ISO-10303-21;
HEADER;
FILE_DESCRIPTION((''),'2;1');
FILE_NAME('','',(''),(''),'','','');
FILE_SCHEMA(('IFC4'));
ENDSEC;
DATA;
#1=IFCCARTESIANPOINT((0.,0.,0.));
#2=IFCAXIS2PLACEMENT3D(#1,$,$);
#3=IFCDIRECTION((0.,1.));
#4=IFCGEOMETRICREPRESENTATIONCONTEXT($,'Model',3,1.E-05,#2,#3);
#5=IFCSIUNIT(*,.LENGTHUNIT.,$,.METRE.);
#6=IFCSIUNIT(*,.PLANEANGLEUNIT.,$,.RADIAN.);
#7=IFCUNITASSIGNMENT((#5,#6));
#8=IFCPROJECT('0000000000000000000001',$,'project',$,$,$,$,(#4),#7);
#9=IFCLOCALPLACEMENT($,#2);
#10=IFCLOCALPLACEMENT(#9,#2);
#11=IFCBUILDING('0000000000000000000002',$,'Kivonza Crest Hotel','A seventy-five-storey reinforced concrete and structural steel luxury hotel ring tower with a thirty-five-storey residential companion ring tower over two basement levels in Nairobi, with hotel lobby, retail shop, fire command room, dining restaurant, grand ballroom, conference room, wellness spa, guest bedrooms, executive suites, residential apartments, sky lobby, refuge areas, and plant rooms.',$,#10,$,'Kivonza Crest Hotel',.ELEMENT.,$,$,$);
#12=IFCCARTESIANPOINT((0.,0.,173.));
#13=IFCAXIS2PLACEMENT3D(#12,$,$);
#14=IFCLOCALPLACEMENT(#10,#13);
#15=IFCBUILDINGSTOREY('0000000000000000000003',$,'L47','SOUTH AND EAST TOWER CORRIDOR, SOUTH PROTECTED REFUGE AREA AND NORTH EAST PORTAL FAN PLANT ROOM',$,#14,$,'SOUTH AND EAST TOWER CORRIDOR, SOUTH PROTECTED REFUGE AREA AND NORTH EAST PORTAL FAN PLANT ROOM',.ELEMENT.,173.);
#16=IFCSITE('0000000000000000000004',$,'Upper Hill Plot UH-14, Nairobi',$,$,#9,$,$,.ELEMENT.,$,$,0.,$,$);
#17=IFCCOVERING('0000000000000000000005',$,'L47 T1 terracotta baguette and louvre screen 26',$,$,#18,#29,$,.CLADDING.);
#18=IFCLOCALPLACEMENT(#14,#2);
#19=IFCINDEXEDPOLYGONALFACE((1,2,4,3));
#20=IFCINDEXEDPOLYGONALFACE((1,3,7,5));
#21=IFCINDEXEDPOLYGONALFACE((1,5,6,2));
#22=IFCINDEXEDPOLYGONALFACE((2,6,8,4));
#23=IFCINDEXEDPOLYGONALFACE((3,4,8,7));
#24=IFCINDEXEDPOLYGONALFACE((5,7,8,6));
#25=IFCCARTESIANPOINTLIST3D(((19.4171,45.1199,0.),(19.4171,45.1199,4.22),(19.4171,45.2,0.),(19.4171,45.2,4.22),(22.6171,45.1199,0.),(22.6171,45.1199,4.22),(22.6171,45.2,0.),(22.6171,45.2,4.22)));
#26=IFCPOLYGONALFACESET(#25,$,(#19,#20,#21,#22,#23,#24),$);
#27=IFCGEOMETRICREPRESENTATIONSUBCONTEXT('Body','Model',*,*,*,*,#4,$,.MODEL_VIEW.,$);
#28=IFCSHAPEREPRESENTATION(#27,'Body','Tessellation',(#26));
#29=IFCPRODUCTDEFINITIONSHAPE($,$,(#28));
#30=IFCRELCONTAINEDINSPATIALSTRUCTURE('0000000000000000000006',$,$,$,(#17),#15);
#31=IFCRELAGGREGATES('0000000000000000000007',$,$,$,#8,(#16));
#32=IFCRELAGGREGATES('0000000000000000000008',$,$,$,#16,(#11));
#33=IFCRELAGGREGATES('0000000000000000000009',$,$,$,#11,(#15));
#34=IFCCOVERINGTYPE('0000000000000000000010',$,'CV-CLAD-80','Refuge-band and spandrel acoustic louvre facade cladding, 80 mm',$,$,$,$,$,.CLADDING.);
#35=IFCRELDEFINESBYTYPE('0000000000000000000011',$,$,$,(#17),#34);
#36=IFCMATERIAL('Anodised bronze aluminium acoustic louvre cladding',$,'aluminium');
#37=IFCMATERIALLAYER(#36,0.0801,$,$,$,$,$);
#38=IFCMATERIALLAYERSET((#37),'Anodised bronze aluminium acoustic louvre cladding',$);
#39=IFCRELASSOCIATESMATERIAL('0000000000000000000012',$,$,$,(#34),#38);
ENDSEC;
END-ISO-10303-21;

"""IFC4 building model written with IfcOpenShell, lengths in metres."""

from ifc_helpers import new_model, si_unit, direction, frame, origin, origin_2d, place, context, subcontext, project, spatial, rectangle, extrude, material, layer, layer_set, type_object, element, save


model = new_model("IFC4")

# Units and contexts
model_context = context("Model", 3, precision=1e-05, world=origin(), true_north=direction((0.0, 1.0)))
body_context = subcontext(model_context, "Body", "Model", "MODEL_VIEW")
ifc_project = project(units=[si_unit("LENGTHUNIT", "METRE"), si_unit("PLANEANGLEUNIT", "RADIAN")], contexts=[model_context])

# Site, building, storey
site_placement = place(None, origin())
site = spatial("IfcSite", under=ifc_project, at=site_placement, Name="Upper Hill Plot UH-14, Nairobi", CompositionType="ELEMENT", RefElevation=0.0)
building_placement = place(site_placement, origin())
building = spatial("IfcBuilding", under=site, at=building_placement, Name="Kivonza Crest Hotel", Description="A seventy-five-storey reinforced concrete and structural steel luxury hotel ring tower with a thirty-five-storey residential companion ring tower over two basement levels in Nairobi, with hotel lobby, retail shop, fire command room, dining restaurant, grand ballroom, conference room, wellness spa, guest bedrooms, executive suites, residential apartments, sky lobby, refuge areas, and plant rooms.", LongName="Kivonza Crest Hotel", CompositionType="ELEMENT")
storey_placement = place(building_placement, frame((0.0, 0.0, 173.0)))
storey = spatial("IfcBuildingStorey", under=building, at=storey_placement, Name="L47", Description="SOUTH AND EAST TOWER CORRIDOR, SOUTH PROTECTED REFUGE AREA AND NORTH EAST PORTAL FAN PLANT ROOM", LongName="SOUTH AND EAST TOWER CORRIDOR, SOUTH PROTECTED REFUGE AREA AND NORTH EAST PORTAL FAN PLANT ROOM", CompositionType="ELEMENT", Elevation=173.0)

# Covering
ifc_material_1 = material(Name="Anodised bronze aluminium acoustic louvre cladding", Category="aluminium")
ifc_layer_1 = layer(ifc_material_1, 0.0801)
ifc_layer_set_1 = layer_set([ifc_layer_1], Name="Anodised bronze aluminium acoustic louvre cladding")
covering_type = type_object("IfcCoveringType", Name="CV-CLAD-80", Description="Refuge-band and spandrel acoustic louvre facade cladding, 80 mm", PredefinedType="CLADDING", material=ifc_layer_set_1)
covering_placement = place(storey_placement, frame((21.0171, 45.1599, 0.0), z_axis=(0.0, 0.0, 1.0), x_axis=(-1.0, 0.0, 0.0)))
element("IfcCovering", 1, at=covering_placement, inside=storey, type_object=covering_type, Name="L47 T1 terracotta baguette and louvre screen 26", PredefinedType="CLADDING", context=body_context, shape_type="SweptSolid", body=[
    extrude(rectangle(XDim=3.2, YDim=0.0801, at=origin_2d()), origin(), (0.0, 0.0, 1.0), 4.22),
])

save(model, "model.ifc")
